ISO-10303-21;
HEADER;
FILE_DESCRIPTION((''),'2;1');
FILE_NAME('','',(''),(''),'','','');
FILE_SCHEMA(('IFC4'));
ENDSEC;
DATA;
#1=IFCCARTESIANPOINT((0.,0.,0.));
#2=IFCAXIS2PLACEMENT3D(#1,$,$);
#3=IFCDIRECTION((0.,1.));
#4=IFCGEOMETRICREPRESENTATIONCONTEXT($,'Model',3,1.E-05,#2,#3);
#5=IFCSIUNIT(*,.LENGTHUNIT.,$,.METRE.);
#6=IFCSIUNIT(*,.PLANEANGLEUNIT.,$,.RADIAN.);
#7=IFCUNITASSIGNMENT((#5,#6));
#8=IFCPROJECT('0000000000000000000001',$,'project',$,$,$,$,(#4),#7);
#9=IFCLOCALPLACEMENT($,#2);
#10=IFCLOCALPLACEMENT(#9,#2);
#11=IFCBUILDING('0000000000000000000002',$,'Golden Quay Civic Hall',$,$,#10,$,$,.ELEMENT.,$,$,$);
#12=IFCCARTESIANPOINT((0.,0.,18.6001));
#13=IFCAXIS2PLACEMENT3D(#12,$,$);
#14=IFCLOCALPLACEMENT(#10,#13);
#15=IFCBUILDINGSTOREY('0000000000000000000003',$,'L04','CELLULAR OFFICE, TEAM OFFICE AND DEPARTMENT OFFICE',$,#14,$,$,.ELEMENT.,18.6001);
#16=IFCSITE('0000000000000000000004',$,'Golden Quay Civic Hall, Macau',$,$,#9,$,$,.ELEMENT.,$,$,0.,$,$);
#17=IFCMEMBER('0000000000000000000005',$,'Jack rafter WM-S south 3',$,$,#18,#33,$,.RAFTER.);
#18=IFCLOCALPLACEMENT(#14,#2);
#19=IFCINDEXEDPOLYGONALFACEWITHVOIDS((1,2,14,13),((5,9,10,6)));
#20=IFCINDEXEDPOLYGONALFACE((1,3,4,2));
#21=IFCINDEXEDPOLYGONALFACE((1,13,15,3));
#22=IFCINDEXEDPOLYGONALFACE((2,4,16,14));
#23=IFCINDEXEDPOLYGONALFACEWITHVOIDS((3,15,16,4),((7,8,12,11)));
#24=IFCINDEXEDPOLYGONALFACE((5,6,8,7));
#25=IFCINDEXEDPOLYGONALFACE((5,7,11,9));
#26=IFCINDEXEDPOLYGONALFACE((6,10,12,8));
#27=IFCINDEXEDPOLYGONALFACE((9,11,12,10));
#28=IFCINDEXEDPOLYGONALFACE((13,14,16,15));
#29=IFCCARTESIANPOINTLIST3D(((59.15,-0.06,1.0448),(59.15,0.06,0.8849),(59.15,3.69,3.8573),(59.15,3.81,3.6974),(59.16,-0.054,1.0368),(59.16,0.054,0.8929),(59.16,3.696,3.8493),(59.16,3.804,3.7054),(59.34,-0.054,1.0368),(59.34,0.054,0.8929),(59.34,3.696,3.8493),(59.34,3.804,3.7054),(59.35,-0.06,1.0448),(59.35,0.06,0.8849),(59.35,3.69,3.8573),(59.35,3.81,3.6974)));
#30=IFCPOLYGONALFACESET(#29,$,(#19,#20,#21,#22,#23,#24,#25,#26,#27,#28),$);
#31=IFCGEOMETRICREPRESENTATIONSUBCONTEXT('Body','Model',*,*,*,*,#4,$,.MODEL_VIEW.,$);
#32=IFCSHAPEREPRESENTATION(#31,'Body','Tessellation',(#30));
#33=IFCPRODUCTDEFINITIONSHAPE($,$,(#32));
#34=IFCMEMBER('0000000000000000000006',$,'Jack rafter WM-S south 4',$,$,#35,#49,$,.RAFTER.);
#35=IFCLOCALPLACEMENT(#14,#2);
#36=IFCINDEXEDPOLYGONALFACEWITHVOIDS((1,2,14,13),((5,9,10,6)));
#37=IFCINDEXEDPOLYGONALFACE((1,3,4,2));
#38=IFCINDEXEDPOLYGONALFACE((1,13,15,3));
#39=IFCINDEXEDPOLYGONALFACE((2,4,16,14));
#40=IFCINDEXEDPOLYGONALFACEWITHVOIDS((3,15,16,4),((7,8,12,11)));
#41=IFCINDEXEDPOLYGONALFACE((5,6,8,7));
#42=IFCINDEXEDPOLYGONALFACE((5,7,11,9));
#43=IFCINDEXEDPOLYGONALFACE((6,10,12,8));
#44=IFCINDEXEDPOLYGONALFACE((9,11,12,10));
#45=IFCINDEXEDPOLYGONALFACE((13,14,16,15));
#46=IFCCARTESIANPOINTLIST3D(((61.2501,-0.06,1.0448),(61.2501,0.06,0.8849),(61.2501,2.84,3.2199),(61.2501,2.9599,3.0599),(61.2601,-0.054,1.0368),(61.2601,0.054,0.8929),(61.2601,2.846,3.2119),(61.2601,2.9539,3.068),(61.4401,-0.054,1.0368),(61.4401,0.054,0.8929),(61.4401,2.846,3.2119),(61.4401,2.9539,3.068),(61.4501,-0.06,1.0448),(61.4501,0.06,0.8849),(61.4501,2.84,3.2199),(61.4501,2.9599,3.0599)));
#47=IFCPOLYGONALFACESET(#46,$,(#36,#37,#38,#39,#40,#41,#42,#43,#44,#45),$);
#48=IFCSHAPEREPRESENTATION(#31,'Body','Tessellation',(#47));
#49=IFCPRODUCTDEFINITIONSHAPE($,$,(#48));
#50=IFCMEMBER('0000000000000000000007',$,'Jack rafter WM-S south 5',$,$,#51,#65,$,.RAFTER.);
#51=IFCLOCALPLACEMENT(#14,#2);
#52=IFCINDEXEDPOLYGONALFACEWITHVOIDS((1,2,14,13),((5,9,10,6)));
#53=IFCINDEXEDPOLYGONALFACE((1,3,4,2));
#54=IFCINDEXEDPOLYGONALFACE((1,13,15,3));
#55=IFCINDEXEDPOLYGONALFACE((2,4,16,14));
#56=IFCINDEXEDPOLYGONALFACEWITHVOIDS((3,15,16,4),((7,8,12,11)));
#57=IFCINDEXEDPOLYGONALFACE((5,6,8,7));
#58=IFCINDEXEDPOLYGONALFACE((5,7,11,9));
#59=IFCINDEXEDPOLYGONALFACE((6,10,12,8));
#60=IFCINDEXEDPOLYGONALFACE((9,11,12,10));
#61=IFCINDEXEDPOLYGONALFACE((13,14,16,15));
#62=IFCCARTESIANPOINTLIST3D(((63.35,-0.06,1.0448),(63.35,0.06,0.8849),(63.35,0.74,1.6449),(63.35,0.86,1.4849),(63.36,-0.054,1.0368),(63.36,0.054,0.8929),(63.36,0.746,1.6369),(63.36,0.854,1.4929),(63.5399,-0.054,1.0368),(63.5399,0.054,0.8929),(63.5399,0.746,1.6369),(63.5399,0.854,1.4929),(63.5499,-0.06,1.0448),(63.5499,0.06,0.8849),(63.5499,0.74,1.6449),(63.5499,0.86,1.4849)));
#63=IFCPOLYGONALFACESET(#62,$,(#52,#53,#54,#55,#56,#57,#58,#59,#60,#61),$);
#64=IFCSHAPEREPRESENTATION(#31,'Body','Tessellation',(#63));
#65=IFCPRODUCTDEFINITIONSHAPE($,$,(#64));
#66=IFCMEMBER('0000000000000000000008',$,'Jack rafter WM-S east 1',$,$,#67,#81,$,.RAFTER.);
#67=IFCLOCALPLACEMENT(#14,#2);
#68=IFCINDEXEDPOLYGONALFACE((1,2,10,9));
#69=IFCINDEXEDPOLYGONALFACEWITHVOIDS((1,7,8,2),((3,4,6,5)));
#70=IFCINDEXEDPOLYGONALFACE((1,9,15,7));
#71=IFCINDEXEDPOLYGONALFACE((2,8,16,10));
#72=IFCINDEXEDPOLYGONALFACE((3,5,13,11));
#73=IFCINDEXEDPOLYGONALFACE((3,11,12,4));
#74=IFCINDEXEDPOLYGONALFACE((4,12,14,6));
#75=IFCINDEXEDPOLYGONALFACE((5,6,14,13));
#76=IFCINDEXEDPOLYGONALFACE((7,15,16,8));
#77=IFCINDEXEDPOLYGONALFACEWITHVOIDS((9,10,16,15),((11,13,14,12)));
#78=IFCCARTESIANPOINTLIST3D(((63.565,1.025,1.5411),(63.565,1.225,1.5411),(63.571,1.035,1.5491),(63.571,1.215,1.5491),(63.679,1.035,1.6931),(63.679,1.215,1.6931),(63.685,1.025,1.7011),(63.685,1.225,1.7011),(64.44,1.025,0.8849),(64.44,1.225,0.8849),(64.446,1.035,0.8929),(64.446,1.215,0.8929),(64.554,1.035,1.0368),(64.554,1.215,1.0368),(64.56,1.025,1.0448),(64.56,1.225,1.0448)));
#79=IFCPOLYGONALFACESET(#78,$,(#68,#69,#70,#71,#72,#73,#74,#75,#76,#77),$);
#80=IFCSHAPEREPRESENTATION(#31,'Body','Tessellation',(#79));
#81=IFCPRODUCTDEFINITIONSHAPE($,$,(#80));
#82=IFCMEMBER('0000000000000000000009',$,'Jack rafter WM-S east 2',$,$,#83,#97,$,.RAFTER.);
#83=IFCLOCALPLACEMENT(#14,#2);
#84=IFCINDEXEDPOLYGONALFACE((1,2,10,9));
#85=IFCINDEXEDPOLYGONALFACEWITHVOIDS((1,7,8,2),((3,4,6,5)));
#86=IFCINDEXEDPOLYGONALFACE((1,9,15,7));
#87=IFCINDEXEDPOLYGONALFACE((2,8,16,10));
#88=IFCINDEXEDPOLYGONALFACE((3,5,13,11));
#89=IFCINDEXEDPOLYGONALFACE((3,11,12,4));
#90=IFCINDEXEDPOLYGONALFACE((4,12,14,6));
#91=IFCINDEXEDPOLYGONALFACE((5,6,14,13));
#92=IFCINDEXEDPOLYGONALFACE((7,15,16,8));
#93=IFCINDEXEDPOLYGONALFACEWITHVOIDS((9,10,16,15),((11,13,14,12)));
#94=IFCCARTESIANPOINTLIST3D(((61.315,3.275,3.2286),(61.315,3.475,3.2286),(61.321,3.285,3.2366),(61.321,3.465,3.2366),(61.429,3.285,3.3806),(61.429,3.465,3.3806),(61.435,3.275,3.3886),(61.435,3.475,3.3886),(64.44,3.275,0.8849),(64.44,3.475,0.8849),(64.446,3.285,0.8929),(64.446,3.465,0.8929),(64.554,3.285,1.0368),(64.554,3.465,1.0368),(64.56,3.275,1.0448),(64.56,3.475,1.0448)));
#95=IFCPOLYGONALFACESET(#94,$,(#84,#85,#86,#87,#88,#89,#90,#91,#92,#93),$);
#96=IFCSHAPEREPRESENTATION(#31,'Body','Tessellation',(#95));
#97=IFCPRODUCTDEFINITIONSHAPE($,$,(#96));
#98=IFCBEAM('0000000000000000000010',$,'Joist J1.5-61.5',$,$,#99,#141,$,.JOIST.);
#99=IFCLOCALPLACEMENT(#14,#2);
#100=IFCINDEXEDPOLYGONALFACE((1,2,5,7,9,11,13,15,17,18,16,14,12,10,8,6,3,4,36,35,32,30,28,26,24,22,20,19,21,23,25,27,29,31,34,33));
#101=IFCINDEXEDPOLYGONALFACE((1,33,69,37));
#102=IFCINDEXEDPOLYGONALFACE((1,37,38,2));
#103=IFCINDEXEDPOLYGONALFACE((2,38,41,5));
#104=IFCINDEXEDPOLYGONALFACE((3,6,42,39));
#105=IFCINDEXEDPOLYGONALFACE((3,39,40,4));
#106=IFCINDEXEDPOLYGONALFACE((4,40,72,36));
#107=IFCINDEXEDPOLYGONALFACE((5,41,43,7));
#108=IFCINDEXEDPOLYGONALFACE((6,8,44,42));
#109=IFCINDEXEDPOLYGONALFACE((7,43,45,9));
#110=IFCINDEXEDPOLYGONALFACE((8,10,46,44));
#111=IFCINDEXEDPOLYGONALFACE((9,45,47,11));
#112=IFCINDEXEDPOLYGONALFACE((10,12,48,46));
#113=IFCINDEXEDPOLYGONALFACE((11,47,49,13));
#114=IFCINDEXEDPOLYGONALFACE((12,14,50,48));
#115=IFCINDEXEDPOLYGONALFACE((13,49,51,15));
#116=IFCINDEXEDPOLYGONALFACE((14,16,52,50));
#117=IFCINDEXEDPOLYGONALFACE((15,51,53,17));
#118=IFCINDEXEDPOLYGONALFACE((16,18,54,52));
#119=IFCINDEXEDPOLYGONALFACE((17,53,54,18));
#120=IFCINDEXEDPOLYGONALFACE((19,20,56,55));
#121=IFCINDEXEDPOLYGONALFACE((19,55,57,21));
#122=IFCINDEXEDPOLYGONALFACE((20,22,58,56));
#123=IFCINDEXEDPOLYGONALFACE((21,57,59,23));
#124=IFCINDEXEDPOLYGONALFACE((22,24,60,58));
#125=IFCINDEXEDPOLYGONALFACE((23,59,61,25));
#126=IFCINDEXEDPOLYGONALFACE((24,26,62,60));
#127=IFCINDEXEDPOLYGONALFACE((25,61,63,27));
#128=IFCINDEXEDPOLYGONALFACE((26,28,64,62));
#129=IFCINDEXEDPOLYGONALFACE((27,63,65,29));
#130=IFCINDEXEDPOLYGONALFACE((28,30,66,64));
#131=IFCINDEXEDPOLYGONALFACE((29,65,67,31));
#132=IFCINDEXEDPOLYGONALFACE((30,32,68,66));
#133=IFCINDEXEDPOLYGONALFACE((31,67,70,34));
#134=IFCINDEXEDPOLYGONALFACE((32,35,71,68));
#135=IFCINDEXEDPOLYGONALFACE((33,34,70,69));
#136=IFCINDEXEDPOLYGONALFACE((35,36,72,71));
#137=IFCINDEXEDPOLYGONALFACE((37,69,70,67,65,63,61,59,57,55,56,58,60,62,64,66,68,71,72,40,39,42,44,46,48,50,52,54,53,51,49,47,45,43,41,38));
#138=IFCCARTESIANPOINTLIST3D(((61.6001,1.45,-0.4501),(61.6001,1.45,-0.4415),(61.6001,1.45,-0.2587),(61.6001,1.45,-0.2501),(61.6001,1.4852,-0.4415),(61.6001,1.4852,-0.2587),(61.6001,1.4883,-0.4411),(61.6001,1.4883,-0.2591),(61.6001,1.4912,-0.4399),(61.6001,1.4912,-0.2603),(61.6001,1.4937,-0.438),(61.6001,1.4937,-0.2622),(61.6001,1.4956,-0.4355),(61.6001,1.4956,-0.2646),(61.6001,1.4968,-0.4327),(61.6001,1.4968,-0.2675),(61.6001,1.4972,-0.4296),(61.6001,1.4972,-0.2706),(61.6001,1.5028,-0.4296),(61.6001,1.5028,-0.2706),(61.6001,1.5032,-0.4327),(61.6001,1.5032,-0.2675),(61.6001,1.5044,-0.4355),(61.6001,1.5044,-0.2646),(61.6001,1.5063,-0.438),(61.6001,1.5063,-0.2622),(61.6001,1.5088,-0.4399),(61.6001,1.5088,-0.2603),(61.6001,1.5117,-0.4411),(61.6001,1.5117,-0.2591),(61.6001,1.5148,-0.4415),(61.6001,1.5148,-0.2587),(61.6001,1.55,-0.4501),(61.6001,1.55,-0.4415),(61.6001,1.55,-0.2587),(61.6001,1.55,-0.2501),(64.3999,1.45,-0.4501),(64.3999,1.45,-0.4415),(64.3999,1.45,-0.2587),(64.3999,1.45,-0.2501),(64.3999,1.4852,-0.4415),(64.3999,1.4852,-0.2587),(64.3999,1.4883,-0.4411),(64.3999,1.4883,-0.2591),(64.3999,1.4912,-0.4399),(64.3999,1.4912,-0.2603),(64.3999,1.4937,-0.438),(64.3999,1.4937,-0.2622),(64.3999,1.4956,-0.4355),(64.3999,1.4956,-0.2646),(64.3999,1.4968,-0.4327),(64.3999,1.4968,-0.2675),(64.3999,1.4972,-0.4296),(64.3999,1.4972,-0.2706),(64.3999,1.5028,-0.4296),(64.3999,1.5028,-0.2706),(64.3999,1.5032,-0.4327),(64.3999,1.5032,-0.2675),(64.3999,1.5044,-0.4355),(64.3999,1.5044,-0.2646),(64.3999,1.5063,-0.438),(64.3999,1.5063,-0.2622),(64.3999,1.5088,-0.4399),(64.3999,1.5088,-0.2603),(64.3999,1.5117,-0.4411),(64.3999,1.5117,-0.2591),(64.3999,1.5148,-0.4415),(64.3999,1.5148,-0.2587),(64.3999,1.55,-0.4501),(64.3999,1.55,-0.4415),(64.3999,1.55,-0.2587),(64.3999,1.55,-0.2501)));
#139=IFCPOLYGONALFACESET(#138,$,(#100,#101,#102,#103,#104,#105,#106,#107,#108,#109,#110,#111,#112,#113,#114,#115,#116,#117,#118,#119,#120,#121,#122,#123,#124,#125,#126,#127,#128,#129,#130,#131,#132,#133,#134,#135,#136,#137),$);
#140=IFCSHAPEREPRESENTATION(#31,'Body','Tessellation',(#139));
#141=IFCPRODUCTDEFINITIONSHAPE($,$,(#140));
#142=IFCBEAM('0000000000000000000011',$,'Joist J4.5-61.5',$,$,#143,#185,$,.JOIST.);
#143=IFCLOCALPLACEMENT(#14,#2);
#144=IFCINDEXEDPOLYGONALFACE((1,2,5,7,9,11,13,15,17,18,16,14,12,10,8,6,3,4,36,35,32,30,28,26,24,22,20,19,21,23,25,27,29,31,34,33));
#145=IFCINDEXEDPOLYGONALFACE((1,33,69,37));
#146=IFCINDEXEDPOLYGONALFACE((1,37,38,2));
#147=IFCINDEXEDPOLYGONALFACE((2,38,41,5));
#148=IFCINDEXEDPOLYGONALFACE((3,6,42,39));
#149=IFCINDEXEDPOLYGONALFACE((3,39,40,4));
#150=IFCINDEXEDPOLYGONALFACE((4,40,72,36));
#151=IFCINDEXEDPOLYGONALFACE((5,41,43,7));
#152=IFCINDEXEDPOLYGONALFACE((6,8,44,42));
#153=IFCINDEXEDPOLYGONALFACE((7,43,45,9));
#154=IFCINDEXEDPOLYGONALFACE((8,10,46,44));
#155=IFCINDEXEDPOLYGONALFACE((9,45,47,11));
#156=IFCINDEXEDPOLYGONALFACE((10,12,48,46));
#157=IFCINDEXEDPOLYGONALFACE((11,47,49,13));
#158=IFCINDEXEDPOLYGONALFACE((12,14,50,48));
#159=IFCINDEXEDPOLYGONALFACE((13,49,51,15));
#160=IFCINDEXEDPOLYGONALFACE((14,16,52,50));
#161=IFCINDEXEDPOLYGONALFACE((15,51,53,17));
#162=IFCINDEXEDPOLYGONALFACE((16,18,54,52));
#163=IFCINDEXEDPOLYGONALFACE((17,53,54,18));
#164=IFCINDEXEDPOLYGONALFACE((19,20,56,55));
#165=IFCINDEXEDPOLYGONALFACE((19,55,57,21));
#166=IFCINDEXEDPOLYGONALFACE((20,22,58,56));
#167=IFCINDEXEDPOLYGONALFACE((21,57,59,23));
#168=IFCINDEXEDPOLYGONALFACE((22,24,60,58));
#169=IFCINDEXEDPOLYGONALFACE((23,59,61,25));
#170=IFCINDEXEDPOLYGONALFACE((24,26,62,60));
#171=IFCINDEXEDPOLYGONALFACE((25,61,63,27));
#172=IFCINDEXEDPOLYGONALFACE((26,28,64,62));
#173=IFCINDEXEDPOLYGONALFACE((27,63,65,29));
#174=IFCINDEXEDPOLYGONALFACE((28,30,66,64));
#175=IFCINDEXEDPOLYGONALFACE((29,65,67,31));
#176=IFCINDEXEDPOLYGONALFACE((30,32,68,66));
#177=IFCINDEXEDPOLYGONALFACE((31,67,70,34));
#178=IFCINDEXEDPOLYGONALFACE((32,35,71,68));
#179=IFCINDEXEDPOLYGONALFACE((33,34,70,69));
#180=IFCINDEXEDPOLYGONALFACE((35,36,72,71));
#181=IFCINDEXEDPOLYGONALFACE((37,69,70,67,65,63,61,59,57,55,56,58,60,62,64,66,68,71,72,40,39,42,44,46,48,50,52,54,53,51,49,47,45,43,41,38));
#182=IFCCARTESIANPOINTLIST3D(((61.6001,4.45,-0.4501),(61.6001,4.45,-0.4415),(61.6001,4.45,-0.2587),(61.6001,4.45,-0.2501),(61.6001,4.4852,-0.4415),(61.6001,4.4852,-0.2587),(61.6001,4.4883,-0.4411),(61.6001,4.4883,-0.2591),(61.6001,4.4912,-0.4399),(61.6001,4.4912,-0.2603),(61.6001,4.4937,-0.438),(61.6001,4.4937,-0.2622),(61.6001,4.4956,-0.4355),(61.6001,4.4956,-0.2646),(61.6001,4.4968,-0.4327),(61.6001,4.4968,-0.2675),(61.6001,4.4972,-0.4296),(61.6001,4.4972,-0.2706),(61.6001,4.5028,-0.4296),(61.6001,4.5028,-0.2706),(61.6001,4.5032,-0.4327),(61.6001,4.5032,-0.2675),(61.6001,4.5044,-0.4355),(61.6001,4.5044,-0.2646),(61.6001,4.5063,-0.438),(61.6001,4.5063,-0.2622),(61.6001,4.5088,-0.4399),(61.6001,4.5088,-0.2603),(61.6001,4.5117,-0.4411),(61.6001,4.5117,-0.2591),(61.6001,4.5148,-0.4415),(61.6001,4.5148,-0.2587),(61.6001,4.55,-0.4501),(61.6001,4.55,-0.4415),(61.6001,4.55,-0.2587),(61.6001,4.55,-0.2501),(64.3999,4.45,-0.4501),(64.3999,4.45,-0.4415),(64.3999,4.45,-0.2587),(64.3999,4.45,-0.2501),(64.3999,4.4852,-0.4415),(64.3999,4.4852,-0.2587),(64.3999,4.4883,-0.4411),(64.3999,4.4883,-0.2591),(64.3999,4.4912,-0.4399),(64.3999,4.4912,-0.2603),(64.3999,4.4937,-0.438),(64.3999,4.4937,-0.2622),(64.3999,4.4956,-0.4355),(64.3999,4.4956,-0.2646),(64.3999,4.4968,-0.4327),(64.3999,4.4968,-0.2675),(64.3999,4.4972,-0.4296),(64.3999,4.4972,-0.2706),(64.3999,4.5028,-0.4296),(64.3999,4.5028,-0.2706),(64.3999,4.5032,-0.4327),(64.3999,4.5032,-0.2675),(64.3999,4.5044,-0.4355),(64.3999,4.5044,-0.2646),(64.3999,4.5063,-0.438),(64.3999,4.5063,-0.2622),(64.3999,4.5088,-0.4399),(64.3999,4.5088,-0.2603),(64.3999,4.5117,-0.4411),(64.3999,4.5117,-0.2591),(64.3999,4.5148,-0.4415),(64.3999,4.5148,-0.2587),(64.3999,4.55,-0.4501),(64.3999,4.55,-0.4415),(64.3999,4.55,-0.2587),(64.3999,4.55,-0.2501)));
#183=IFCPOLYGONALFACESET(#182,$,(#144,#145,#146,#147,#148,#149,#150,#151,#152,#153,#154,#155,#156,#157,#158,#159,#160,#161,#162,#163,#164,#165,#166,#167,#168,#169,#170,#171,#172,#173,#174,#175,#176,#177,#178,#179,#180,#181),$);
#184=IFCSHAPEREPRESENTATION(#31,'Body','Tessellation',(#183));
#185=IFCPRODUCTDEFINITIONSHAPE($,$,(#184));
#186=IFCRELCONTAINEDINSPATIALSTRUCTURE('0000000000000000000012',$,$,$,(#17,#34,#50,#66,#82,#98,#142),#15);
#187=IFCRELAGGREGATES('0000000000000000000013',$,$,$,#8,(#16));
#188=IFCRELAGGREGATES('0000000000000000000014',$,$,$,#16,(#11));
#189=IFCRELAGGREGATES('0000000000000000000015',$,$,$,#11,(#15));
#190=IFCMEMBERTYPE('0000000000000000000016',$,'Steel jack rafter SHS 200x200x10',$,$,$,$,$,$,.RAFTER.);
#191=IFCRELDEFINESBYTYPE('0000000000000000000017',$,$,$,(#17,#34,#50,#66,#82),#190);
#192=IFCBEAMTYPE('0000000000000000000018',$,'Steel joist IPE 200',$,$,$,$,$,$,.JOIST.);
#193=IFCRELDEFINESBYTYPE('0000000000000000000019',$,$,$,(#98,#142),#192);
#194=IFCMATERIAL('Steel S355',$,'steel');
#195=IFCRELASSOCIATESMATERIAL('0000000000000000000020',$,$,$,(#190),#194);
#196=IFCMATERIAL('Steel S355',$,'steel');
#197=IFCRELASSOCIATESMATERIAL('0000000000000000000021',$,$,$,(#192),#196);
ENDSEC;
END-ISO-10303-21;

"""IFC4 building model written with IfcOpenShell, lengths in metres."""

from ifc_helpers import new_model, si_unit, direction, frame, origin, origin_2d, place, context, subcontext, project, spatial, hollow_rectangle, i_section, extrude, material, material_profile, profile_set, type_object, element, save


model = new_model("IFC4")

# Units and contexts
model_context = context("Model", 3, precision=1e-05, world=origin(), true_north=direction((0.0, 1.0)))
body_context = subcontext(model_context, "Body", "Model", "MODEL_VIEW")
ifc_project = project(units=[si_unit("LENGTHUNIT", "METRE"), si_unit("PLANEANGLEUNIT", "RADIAN")], contexts=[model_context])

# Site, building, storey
site_placement = place(None, origin())
site = spatial("IfcSite", under=ifc_project, at=site_placement, Name="Golden Quay Civic Hall, Macau", CompositionType="ELEMENT", RefElevation=0.0)
building_placement = place(site_placement, origin())
building = spatial("IfcBuilding", under=site, at=building_placement, Name="Golden Quay Civic Hall", CompositionType="ELEMENT")
storey_placement = place(building_placement, frame((0.0, 0.0, 18.6001)))
storey = spatial("IfcBuildingStorey", under=building, at=storey_placement, Name="L04", Description="CELLULAR OFFICE, TEAM OFFICE AND DEPARTMENT OFFICE", CompositionType="ELEMENT", Elevation=18.6001)

# Members
ifc_material_1 = material(Name="Steel S355", Category="steel")
ifc_material_profile_1 = material_profile(ifc_material_1, hollow_rectangle(XDim=0.2, YDim=0.2, WallThickness=0.01, at=origin_2d()), Name="SHS 200x200x10")
ifc_profile_set_1 = profile_set([ifc_material_profile_1], Name="Steel S355")
member_type_1 = type_object("IfcMemberType", Name="Steel jack rafter SHS 200x200x10", PredefinedType="RAFTER", material=ifc_profile_set_1)
member_1_placement = place(storey_placement, frame((59.25, 0.0, 0.9648), z_axis=(0.0, 0.8, 0.6), x_axis=(-1.0, 0.0, 0.0)))
element("IfcMember", 1, at=member_1_placement, inside=storey, type_object=member_type_1, Name="Jack rafter WM-S south 3", PredefinedType="RAFTER", context=body_context, shape_type="SweptSolid", body=[
    extrude(hollow_rectangle(XDim=0.2, YDim=0.2, WallThickness=0.01, at=origin_2d()), origin(), (0.0, 0.0, 1.0), 4.6875),
])
member_2_placement = place(storey_placement, frame((61.3501, 0.0, 0.9648), z_axis=(0.0, 0.799984, 0.600022), x_axis=(-1.0, 0.0, 0.0)))
element("IfcMember", 2, at=member_2_placement, inside=storey, type_object=member_type_1, Name="Jack rafter WM-S south 4", PredefinedType="RAFTER", context=body_context, shape_type="SweptSolid", body=[
    extrude(hollow_rectangle(XDim=0.2, YDim=0.2, WallThickness=0.01, at=origin_2d()), origin(), (0.0, 0.0, 1.0), 3.625),
])
member_3_placement = place(storey_placement, frame((63.45, 0.0, 0.9648), z_axis=(0.0, 0.799971, 0.600039), x_axis=(-1.0, 0.0, 0.0)))
element("IfcMember", 3, at=member_3_placement, inside=storey, type_object=member_type_1, Name="Jack rafter WM-S south 5", PredefinedType="RAFTER", context=body_context, shape_type="SweptSolid", body=[
    extrude(hollow_rectangle(XDim=0.2, YDim=0.2, WallThickness=0.01, at=origin_2d()), origin(), (0.0, 0.0, 1.0), 1.0),
])
member_4_placement = place(storey_placement, frame((64.5, 1.125, 0.9648), z_axis=(-0.8, 0.0, 0.6), x_axis=(0.0, -1.0, 0.0)))
element("IfcMember", 4, at=member_4_placement, inside=storey, type_object=member_type_1, Name="Jack rafter WM-S east 1", PredefinedType="RAFTER", context=body_context, shape_type="SweptSolid", body=[
    extrude(hollow_rectangle(XDim=0.2, YDim=0.2, WallThickness=0.01, at=origin_2d()), origin(), (0.0, 0.0, 1.0), 1.0938),
])
member_5_placement = place(storey_placement, frame((64.5, 3.375, 0.9648), z_axis=(-0.8, 0.0, 0.6), x_axis=(0.0, -1.0, 0.0)))
element("IfcMember", 5, at=member_5_placement, inside=storey, type_object=member_type_1, Name="Jack rafter WM-S east 2", PredefinedType="RAFTER", context=body_context, shape_type="SweptSolid", body=[
    extrude(hollow_rectangle(XDim=0.2, YDim=0.2, WallThickness=0.01, at=origin_2d()), origin(), (0.0, 0.0, 1.0), 3.9062),
])

# Beams
ifc_material_2 = material(Name="Steel S355", Category="steel")
ifc_material_profile_2 = material_profile(ifc_material_2, i_section(OverallWidth=0.1001, OverallDepth=0.2, WebThickness=0.0056, FlangeThickness=0.0085, FilletRadius=0.012, at=origin_2d()), Name="IPE 200")
ifc_profile_set_2 = profile_set([ifc_material_profile_2], Name="Steel S355")
beam_type_1 = type_object("IfcBeamType", Name="Steel joist IPE 200", PredefinedType="JOIST", material=ifc_profile_set_2)
for number, where, z_axis, x_axis, name in (
    (6, (61.6001, 1.5, -0.3501), (1.0, 0.0, 0.0), (0.0, 1.0, 0.0), "Joist J1.5-61.5"),
    (7, (61.6001, 4.5, -0.3501), (1.0, 0.0, 0.0), (0.0, 1.0, 0.0), "Joist J4.5-61.5"),
):
    element("IfcBeam", number, at=place(storey_placement, frame(where, z_axis=z_axis, x_axis=x_axis)), inside=storey, type_object=beam_type_1, Name=name, PredefinedType="JOIST", context=body_context, shape_type="SweptSolid", body=[
        extrude(i_section(OverallWidth=0.1001, OverallDepth=0.2, WebThickness=0.0056, FlangeThickness=0.0085, FilletRadius=0.012, at=origin_2d()), origin(), (0.0, 0.0, 1.0), 2.7998),
    ])

save(model, "model.ifc")
